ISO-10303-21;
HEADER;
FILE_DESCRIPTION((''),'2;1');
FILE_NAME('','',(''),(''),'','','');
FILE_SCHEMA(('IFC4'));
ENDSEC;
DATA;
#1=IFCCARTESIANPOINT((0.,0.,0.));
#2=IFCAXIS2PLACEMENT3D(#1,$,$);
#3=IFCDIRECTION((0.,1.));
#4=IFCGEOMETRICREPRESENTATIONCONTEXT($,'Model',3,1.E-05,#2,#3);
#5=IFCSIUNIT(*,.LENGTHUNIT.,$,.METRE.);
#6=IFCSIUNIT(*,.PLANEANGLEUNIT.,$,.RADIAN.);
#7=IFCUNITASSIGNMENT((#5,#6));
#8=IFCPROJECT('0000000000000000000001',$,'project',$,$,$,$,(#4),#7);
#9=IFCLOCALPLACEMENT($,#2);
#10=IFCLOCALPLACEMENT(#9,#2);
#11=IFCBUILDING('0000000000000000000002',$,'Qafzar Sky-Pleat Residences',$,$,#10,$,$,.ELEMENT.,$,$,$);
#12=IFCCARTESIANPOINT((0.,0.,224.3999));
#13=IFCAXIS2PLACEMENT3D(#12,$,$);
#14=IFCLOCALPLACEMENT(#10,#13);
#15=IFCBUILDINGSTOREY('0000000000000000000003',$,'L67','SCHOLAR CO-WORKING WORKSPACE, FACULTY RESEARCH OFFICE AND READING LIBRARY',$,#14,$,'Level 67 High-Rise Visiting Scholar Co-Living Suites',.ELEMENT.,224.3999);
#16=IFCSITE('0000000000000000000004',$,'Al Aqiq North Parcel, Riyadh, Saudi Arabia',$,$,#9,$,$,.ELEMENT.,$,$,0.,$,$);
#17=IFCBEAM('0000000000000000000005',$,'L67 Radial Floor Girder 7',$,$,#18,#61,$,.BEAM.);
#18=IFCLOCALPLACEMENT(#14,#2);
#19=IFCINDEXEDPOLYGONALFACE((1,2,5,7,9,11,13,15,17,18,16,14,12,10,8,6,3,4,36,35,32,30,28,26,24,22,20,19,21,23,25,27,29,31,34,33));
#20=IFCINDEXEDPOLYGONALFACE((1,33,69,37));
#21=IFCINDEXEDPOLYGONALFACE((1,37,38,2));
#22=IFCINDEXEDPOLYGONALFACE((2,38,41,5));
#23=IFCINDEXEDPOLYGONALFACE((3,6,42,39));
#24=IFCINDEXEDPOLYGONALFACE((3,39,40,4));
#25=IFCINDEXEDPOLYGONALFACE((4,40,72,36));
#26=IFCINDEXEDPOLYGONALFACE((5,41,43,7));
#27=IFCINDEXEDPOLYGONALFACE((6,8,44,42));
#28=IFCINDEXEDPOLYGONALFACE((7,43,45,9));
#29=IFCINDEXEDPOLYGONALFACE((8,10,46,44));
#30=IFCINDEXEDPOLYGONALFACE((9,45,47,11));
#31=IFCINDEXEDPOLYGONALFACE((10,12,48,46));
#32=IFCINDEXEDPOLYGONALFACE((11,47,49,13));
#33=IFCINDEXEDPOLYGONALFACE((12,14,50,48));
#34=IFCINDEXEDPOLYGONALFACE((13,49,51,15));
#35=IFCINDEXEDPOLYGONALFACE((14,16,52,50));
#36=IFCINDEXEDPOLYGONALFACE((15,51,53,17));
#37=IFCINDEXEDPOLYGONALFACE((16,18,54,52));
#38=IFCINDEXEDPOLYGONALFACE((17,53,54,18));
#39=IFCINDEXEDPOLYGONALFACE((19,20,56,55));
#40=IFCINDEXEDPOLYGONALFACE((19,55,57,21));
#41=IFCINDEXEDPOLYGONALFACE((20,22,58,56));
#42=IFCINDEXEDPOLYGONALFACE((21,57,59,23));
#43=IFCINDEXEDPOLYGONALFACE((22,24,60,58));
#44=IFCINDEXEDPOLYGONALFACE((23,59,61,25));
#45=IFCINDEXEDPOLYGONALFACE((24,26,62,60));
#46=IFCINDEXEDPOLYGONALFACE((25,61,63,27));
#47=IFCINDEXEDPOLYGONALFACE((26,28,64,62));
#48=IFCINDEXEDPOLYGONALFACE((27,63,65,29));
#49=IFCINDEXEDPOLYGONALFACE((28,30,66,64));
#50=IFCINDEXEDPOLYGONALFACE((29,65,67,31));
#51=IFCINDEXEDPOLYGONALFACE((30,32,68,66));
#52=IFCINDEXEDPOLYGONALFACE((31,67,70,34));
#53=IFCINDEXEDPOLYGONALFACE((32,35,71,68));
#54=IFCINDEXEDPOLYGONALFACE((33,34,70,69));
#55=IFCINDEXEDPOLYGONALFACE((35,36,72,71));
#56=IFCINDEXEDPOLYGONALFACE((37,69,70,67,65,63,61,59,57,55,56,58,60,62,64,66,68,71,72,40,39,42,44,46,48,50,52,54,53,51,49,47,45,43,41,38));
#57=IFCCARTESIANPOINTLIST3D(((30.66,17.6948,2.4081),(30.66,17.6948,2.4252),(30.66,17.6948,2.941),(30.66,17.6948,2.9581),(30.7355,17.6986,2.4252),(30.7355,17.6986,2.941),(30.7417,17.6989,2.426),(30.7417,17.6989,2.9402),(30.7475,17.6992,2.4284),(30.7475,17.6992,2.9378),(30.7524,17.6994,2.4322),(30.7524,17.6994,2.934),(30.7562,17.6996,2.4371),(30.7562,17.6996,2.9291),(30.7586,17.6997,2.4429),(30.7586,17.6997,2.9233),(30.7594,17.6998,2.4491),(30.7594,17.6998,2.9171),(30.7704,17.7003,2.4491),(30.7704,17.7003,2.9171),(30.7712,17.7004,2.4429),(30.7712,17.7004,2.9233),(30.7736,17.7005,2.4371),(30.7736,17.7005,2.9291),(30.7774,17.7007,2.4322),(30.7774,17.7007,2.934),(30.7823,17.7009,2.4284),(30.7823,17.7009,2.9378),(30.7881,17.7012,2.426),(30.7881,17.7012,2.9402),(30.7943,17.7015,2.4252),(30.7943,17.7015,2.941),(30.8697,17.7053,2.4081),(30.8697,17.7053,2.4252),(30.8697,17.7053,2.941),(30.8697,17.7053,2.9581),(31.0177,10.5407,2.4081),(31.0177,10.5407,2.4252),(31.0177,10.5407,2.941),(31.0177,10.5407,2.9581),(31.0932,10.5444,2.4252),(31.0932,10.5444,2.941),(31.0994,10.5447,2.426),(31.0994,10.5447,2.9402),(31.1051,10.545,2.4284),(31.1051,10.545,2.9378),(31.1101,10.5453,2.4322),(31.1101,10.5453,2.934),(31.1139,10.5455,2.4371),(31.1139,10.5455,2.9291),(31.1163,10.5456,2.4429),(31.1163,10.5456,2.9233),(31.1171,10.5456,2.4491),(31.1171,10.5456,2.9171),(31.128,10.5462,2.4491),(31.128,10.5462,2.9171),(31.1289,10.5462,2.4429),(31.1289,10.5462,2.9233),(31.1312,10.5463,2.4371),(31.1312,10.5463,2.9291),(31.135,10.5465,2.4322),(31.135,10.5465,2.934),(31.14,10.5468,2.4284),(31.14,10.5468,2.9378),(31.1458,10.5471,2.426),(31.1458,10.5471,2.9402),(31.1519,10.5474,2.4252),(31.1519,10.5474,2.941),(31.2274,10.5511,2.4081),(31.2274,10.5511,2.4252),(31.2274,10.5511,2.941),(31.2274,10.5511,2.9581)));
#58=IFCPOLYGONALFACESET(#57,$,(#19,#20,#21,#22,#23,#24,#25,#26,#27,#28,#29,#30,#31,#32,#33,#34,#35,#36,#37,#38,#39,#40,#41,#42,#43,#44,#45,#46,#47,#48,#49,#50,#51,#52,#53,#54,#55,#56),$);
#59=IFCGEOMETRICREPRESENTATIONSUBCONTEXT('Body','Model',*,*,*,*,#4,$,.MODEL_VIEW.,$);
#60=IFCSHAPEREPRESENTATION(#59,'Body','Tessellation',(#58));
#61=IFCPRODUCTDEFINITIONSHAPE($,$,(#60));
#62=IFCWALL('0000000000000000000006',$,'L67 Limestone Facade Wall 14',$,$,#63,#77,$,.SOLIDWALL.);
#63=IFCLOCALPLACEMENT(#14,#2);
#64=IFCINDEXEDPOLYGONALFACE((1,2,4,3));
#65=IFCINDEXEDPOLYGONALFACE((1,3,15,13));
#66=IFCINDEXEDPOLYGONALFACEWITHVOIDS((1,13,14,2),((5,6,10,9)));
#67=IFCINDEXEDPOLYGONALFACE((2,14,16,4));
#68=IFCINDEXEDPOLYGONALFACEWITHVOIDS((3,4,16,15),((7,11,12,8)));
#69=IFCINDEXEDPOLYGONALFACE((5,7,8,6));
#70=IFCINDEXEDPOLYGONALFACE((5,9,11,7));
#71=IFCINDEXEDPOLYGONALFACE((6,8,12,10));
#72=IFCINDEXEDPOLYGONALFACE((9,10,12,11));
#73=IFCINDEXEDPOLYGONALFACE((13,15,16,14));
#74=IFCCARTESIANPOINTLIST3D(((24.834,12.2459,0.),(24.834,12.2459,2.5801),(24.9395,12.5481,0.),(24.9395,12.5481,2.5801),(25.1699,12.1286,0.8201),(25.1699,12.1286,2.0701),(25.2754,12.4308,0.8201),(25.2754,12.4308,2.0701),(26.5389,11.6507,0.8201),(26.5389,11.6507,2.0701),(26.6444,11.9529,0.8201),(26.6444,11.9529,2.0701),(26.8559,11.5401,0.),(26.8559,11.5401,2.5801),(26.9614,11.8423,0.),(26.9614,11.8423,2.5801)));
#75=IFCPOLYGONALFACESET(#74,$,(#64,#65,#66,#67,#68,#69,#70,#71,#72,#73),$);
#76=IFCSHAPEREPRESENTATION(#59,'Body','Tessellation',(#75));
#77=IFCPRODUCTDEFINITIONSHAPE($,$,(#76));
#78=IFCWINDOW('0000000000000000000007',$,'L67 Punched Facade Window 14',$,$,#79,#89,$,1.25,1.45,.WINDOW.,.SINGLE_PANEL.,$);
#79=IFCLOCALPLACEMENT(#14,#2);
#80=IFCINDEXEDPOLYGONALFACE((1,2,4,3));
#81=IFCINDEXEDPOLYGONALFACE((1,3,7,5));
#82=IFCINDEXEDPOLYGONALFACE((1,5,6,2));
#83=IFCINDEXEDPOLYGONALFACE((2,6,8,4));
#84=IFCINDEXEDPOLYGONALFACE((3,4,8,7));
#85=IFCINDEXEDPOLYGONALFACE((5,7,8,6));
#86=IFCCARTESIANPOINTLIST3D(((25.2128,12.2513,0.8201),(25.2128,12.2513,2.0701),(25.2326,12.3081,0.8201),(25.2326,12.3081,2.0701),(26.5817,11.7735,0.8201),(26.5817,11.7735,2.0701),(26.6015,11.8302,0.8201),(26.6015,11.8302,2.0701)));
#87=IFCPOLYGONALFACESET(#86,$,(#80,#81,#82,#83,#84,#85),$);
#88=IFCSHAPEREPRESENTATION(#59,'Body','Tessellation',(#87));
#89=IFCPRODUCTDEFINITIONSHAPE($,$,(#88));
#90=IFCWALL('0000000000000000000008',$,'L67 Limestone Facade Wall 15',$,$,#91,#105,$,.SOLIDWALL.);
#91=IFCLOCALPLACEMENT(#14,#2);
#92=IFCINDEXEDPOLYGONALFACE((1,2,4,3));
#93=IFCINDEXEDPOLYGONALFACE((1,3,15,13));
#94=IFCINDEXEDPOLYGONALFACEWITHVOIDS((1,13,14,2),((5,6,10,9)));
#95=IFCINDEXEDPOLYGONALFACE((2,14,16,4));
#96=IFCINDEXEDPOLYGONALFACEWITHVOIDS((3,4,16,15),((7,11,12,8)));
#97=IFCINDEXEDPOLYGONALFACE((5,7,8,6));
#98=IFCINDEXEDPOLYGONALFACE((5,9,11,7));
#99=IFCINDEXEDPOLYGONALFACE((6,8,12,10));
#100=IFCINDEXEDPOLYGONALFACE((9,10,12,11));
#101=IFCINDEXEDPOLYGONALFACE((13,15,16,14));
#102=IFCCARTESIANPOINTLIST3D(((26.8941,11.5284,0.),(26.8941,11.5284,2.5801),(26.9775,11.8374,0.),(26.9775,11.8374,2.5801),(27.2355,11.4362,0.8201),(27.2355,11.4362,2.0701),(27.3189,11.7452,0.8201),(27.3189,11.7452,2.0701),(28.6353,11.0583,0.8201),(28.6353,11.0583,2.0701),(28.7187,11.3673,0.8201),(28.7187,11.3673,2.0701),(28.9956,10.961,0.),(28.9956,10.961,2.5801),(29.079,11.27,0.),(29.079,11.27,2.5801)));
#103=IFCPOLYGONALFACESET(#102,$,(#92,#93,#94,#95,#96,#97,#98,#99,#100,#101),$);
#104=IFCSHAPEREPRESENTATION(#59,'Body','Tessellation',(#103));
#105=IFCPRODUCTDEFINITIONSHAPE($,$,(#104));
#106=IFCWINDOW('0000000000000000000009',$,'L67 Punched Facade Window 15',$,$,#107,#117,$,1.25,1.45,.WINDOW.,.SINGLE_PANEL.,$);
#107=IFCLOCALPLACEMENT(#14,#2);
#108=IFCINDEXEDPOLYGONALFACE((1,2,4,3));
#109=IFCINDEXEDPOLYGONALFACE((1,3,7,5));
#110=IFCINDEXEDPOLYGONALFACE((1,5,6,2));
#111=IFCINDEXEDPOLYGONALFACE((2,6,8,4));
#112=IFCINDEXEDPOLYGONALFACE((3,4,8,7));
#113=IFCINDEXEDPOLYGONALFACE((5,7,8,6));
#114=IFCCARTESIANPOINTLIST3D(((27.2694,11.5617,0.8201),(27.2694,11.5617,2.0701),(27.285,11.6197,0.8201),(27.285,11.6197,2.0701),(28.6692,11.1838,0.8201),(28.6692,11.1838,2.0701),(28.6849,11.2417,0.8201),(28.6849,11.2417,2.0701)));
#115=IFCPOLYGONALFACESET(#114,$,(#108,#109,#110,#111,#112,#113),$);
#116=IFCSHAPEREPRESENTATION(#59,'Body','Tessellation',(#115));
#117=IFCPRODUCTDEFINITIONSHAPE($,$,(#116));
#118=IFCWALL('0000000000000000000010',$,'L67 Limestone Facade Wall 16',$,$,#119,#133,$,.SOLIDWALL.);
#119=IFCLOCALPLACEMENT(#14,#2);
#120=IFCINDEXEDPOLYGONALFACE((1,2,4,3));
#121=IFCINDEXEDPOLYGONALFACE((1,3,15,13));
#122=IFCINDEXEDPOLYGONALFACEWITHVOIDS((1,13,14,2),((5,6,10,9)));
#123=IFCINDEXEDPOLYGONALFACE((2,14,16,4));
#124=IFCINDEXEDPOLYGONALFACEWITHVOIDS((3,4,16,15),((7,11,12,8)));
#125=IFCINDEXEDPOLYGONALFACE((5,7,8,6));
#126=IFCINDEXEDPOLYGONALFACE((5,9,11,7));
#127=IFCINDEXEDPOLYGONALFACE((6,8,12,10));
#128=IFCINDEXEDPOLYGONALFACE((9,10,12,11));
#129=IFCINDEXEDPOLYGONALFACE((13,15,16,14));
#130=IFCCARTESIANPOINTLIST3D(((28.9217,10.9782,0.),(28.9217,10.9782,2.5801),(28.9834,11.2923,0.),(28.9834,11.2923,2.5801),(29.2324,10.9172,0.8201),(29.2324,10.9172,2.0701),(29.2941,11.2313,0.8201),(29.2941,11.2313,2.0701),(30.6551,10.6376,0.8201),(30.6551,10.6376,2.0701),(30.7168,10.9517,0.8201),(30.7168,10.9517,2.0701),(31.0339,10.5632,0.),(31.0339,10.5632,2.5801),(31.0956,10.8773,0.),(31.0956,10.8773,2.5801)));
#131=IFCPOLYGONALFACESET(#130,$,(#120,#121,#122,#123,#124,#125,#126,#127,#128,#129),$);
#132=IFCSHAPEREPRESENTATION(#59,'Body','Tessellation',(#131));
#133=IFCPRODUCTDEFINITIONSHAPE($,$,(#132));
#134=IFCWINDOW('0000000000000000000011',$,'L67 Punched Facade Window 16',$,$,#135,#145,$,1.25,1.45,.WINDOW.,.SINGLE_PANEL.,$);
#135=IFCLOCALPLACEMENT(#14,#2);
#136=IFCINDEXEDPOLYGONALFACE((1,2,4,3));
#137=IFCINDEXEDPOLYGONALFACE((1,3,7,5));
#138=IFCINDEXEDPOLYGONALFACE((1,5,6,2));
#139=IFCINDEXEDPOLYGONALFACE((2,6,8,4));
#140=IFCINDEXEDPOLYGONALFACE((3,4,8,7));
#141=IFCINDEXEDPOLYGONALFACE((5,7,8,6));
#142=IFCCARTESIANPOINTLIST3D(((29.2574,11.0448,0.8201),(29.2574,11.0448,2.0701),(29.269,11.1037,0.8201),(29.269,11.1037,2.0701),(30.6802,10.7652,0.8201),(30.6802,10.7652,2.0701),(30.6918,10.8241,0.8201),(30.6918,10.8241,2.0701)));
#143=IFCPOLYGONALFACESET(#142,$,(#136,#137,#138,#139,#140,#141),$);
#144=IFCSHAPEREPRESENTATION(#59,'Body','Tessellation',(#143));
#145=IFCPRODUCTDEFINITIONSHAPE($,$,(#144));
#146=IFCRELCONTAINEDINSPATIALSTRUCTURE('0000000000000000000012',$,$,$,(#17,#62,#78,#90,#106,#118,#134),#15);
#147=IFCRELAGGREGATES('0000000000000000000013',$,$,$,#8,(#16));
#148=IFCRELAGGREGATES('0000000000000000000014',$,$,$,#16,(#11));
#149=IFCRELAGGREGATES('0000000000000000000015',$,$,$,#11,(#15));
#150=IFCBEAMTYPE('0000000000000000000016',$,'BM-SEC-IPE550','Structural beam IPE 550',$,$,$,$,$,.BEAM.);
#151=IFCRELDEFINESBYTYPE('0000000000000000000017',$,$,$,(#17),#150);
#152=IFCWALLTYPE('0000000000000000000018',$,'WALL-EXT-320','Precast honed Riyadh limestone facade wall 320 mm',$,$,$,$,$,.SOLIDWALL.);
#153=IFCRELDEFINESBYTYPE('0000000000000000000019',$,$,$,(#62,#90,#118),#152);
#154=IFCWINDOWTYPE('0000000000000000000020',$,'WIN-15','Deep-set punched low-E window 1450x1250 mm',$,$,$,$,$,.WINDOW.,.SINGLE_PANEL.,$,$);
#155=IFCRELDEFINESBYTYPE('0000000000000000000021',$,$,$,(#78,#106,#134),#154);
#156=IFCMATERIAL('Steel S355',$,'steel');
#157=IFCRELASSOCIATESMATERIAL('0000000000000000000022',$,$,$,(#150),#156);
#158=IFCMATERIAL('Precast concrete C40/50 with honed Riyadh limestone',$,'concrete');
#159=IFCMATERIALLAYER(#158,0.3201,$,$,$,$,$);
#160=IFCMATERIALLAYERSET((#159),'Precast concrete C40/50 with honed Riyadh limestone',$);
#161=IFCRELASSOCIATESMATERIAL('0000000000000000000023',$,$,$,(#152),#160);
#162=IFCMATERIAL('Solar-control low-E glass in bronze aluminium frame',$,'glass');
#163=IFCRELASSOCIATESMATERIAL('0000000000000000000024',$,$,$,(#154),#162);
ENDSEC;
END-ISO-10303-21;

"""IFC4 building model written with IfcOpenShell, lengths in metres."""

from ifc_helpers import new_model, si_unit, direction, frame, frame_2d, origin, origin_2d, place, context, subcontext, project, spatial, rectangle, i_section, extrude, source, transform, mapped, material, layer, layer_set, material_profile, profile_set, type_object, element, fill, save


model = new_model("IFC4")

# Units and contexts
model_context = context("Model", 3, precision=1e-05, world=origin(), true_north=direction((0.0, 1.0)))
body_context = subcontext(model_context, "Body", "Model", "MODEL_VIEW")
ifc_project = project(units=[si_unit("LENGTHUNIT", "METRE"), si_unit("PLANEANGLEUNIT", "RADIAN")], contexts=[model_context])

# Site, building, storey
site_placement = place(None, origin())
site = spatial("IfcSite", under=ifc_project, at=site_placement, Name="Al Aqiq North Parcel, Riyadh, Saudi Arabia", CompositionType="ELEMENT", RefElevation=0.0)
building_placement = place(site_placement, origin())
building = spatial("IfcBuilding", under=site, at=building_placement, Name="Qafzar Sky-Pleat Residences", CompositionType="ELEMENT")
storey_placement = place(building_placement, frame((0.0, 0.0, 224.3999)))
storey = spatial("IfcBuildingStorey", under=building, at=storey_placement, Name="L67", Description="SCHOLAR CO-WORKING WORKSPACE, FACULTY RESEARCH OFFICE AND READING LIBRARY", LongName="Level 67 High-Rise Visiting Scholar Co-Living Suites", CompositionType="ELEMENT", Elevation=224.3999)

# Shared definitions
ifc_material_1 = material(Name="Steel S355", Category="steel")

# Beam
ifc_material_profile_1 = material_profile(ifc_material_1, i_section(OverallWidth=0.21, OverallDepth=0.55, WebThickness=0.011, FlangeThickness=0.0171, FilletRadius=0.0239, at=origin_2d()), Name="IPE 550")
ifc_profile_set_1 = profile_set([ifc_material_profile_1], Name="Steel S355")
beam_type_1 = type_object("IfcBeamType", Name="BM-SEC-IPE550", Description="Structural beam IPE 550", PredefinedType="BEAM", material=ifc_profile_set_1)
shared_shape_1 = source(origin(), body_context, "Body", "SweptSolid", [
    extrude(i_section(OverallWidth=0.21, OverallDepth=0.55, WebThickness=0.011, FlangeThickness=0.0171, FilletRadius=0.0239, at=origin_2d()), origin(), (0.0, 0.0, 1.0), 7.1631),
])
beam_1_placement = place(storey_placement, frame((31.1226, 10.5459, 2.6831), z_axis=(-0.049933, 0.998753, 0.0), x_axis=(-0.998753, -0.049933, 0.0)))
element("IfcBeam", 1, at=beam_1_placement, inside=storey, type_object=beam_type_1, Name="L67 Radial Floor Girder 7", PredefinedType="BEAM", context=body_context, shape_type="MappedRepresentation", body=[
    mapped(shared_shape_1, transform((0.0, 0.0, 0.0), x_axis=(1.0, 0.0, 0.0), y_axis=(0.0, 1.0, 0.0), z_axis=(0.0, 0.0, 1.0), scale=1.0)),
])

# Walls, openings, windows
ifc_material_2 = material(Name="Precast concrete C40/50 with honed Riyadh limestone", Category="concrete")
ifc_layer_1 = layer(ifc_material_2, 0.3201)
ifc_layer_set_1 = layer_set([ifc_layer_1], Name="Precast concrete C40/50 with honed Riyadh limestone")
wall_type_1 = type_object("IfcWallType", Name="WALL-EXT-320", Description="Precast honed Riyadh limestone facade wall 320 mm", PredefinedType="SOLIDWALL", material=ifc_layer_set_1)
wall_1_placement = place(storey_placement, frame((24.8867, 12.397, 0.0), z_axis=(0.0, 0.0, 1.0), x_axis=(0.944132, -0.329568, 0.0)))
wall_1 = element("IfcWall", 2, at=wall_1_placement, inside=storey, type_object=wall_type_1, Name="L67 Limestone Facade Wall 14", PredefinedType="SOLIDWALL", context=body_context, shape_type="SweptSolid", body=[
    extrude(rectangle(XDim=2.1416, YDim=0.3201, at=frame_2d((1.0708, 0.0))), origin(), (0.0, 0.0, 1.0), 2.5801),
])
opening_1_placement = place(wall_1_placement, frame((0.3557, 0.0, 0.8201)))
opening_1 = element("IfcOpeningElement", 3, at=opening_1_placement, cuts=wall_1, PredefinedType="OPENING", context=body_context, shape_type="SweptSolid", body=[
    extrude(rectangle(XDim=1.45, YDim=1.25, at=frame_2d((0.7251, 0.625))), frame((0.0, 0.1699, 0.0), z_axis=(0.0, -1.0, 0.0), x_axis=(1.0, 0.0, 0.0)), (0.0, 0.0, 1.0), 0.3401),
])
ifc_material_3 = material(Name="Solar-control low-E glass in bronze aluminium frame", Category="glass")
window_type_1 = type_object("IfcWindowType", Name="WIN-15", Description="Deep-set punched low-E window 1450x1250 mm", PartitioningType="SINGLE_PANEL", PredefinedType="WINDOW", material=ifc_material_3)
shared_shape_2 = source(origin(), body_context, "Body", "SweptSolid", [
    extrude(rectangle(XDim=1.45, YDim=1.25, at=frame_2d((0.7251, 0.625))), frame((0.0, 0.03, 0.0), z_axis=(0.0, -1.0, 0.0), x_axis=(1.0, 0.0, 0.0)), (0.0, 0.0, 1.0), 0.0601),
])
window_1_placement = place(opening_1_placement, origin())
window_1 = element("IfcWindow", 4, at=window_1_placement, inside=storey, type_object=window_type_1, Name="L67 Punched Facade Window 14", OverallHeight=1.25, OverallWidth=1.45, PartitioningType="SINGLE_PANEL", PredefinedType="WINDOW", context=body_context, shape_type="MappedRepresentation", body=[
    mapped(shared_shape_2, transform((0.0, 0.0, 0.0), x_axis=(1.0, 0.0, 0.0), y_axis=(0.0, 1.0, 0.0), z_axis=(0.0, 0.0, 1.0), scale=1.0)),
])
fill(opening_1, window_1)
wall_2_placement = place(storey_placement, frame((26.9358, 11.6829, 0.0), z_axis=(0.0, 0.0, 1.0), x_axis=(0.965434, -0.260649, 0.0)))
wall_2 = element("IfcWall", 5, at=wall_2_placement, inside=storey, type_object=wall_type_1, Name="L67 Limestone Facade Wall 15", PredefinedType="SOLIDWALL", context=body_context, shape_type="SweptSolid", body=[
    extrude(rectangle(XDim=2.1768, YDim=0.3201, at=frame_2d((1.0884, 0.0))), origin(), (0.0, 0.0, 1.0), 2.5801),
])
opening_2_placement = place(wall_2_placement, frame((0.3535, 0.0, 0.8201)))
opening_2 = element("IfcOpeningElement", 6, at=opening_2_placement, cuts=wall_2, PredefinedType="OPENING", context=body_context, shape_type="SweptSolid", body=[
    extrude(rectangle(XDim=1.45, YDim=1.25, at=frame_2d((0.7251, 0.625))), frame((0.0, 0.1699, 0.0), z_axis=(0.0, -1.0, 0.0), x_axis=(1.0, 0.0, 0.0)), (0.0, 0.0, 1.0), 0.3401),
])
window_2_placement = place(opening_2_placement, origin())
window_2 = element("IfcWindow", 7, at=window_2_placement, inside=storey, type_object=window_type_1, Name="L67 Punched Facade Window 15", OverallHeight=1.25, OverallWidth=1.45, PartitioningType="SINGLE_PANEL", PredefinedType="WINDOW", context=body_context, shape_type="MappedRepresentation", body=[
    mapped(shared_shape_2, transform((0.0, 0.0, 0.0), x_axis=(1.0, 0.0, 0.0), y_axis=(0.0, 1.0, 0.0), z_axis=(0.0, 0.0, 1.0), scale=1.0)),
])
fill(opening_2, window_2)
wall_3_placement = place(storey_placement, frame((28.9526, 11.1353, 0.0), z_axis=(0.0, 0.0, 1.0), x_axis=(0.981238, -0.1928, 0.0)))
wall_3 = element("IfcWall", 8, at=wall_3_placement, inside=storey, type_object=wall_type_1, Name="L67 Limestone Facade Wall 16", PredefinedType="SOLIDWALL", context=body_context, shape_type="SweptSolid", body=[
    extrude(rectangle(XDim=2.1526, YDim=0.3201, at=frame_2d((1.0762, 0.0))), origin(), (0.0, 0.0, 1.0), 2.5801),
])
opening_3_placement = place(wall_3_placement, frame((0.3164, 0.0, 0.8201)))
opening_3 = element("IfcOpeningElement", 9, at=opening_3_placement, cuts=wall_3, PredefinedType="OPENING", context=body_context, shape_type="SweptSolid", body=[
    extrude(rectangle(XDim=1.45, YDim=1.25, at=frame_2d((0.7251, 0.625))), frame((0.0, 0.1699, 0.0), z_axis=(0.0, -1.0, 0.0), x_axis=(1.0, 0.0, 0.0)), (0.0, 0.0, 1.0), 0.3401),
])
window_3_placement = place(opening_3_placement, origin())
window_3 = element("IfcWindow", 10, at=window_3_placement, inside=storey, type_object=window_type_1, Name="L67 Punched Facade Window 16", OverallHeight=1.25, OverallWidth=1.45, PartitioningType="SINGLE_PANEL", PredefinedType="WINDOW", context=body_context, shape_type="MappedRepresentation", body=[
    mapped(shared_shape_2, transform((0.0, 0.0, 0.0), x_axis=(1.0, 0.0, 0.0), y_axis=(0.0, 1.0, 0.0), z_axis=(0.0, 0.0, 1.0), scale=1.0)),
])
fill(opening_3, window_3)

save(model, "model.ifc")
